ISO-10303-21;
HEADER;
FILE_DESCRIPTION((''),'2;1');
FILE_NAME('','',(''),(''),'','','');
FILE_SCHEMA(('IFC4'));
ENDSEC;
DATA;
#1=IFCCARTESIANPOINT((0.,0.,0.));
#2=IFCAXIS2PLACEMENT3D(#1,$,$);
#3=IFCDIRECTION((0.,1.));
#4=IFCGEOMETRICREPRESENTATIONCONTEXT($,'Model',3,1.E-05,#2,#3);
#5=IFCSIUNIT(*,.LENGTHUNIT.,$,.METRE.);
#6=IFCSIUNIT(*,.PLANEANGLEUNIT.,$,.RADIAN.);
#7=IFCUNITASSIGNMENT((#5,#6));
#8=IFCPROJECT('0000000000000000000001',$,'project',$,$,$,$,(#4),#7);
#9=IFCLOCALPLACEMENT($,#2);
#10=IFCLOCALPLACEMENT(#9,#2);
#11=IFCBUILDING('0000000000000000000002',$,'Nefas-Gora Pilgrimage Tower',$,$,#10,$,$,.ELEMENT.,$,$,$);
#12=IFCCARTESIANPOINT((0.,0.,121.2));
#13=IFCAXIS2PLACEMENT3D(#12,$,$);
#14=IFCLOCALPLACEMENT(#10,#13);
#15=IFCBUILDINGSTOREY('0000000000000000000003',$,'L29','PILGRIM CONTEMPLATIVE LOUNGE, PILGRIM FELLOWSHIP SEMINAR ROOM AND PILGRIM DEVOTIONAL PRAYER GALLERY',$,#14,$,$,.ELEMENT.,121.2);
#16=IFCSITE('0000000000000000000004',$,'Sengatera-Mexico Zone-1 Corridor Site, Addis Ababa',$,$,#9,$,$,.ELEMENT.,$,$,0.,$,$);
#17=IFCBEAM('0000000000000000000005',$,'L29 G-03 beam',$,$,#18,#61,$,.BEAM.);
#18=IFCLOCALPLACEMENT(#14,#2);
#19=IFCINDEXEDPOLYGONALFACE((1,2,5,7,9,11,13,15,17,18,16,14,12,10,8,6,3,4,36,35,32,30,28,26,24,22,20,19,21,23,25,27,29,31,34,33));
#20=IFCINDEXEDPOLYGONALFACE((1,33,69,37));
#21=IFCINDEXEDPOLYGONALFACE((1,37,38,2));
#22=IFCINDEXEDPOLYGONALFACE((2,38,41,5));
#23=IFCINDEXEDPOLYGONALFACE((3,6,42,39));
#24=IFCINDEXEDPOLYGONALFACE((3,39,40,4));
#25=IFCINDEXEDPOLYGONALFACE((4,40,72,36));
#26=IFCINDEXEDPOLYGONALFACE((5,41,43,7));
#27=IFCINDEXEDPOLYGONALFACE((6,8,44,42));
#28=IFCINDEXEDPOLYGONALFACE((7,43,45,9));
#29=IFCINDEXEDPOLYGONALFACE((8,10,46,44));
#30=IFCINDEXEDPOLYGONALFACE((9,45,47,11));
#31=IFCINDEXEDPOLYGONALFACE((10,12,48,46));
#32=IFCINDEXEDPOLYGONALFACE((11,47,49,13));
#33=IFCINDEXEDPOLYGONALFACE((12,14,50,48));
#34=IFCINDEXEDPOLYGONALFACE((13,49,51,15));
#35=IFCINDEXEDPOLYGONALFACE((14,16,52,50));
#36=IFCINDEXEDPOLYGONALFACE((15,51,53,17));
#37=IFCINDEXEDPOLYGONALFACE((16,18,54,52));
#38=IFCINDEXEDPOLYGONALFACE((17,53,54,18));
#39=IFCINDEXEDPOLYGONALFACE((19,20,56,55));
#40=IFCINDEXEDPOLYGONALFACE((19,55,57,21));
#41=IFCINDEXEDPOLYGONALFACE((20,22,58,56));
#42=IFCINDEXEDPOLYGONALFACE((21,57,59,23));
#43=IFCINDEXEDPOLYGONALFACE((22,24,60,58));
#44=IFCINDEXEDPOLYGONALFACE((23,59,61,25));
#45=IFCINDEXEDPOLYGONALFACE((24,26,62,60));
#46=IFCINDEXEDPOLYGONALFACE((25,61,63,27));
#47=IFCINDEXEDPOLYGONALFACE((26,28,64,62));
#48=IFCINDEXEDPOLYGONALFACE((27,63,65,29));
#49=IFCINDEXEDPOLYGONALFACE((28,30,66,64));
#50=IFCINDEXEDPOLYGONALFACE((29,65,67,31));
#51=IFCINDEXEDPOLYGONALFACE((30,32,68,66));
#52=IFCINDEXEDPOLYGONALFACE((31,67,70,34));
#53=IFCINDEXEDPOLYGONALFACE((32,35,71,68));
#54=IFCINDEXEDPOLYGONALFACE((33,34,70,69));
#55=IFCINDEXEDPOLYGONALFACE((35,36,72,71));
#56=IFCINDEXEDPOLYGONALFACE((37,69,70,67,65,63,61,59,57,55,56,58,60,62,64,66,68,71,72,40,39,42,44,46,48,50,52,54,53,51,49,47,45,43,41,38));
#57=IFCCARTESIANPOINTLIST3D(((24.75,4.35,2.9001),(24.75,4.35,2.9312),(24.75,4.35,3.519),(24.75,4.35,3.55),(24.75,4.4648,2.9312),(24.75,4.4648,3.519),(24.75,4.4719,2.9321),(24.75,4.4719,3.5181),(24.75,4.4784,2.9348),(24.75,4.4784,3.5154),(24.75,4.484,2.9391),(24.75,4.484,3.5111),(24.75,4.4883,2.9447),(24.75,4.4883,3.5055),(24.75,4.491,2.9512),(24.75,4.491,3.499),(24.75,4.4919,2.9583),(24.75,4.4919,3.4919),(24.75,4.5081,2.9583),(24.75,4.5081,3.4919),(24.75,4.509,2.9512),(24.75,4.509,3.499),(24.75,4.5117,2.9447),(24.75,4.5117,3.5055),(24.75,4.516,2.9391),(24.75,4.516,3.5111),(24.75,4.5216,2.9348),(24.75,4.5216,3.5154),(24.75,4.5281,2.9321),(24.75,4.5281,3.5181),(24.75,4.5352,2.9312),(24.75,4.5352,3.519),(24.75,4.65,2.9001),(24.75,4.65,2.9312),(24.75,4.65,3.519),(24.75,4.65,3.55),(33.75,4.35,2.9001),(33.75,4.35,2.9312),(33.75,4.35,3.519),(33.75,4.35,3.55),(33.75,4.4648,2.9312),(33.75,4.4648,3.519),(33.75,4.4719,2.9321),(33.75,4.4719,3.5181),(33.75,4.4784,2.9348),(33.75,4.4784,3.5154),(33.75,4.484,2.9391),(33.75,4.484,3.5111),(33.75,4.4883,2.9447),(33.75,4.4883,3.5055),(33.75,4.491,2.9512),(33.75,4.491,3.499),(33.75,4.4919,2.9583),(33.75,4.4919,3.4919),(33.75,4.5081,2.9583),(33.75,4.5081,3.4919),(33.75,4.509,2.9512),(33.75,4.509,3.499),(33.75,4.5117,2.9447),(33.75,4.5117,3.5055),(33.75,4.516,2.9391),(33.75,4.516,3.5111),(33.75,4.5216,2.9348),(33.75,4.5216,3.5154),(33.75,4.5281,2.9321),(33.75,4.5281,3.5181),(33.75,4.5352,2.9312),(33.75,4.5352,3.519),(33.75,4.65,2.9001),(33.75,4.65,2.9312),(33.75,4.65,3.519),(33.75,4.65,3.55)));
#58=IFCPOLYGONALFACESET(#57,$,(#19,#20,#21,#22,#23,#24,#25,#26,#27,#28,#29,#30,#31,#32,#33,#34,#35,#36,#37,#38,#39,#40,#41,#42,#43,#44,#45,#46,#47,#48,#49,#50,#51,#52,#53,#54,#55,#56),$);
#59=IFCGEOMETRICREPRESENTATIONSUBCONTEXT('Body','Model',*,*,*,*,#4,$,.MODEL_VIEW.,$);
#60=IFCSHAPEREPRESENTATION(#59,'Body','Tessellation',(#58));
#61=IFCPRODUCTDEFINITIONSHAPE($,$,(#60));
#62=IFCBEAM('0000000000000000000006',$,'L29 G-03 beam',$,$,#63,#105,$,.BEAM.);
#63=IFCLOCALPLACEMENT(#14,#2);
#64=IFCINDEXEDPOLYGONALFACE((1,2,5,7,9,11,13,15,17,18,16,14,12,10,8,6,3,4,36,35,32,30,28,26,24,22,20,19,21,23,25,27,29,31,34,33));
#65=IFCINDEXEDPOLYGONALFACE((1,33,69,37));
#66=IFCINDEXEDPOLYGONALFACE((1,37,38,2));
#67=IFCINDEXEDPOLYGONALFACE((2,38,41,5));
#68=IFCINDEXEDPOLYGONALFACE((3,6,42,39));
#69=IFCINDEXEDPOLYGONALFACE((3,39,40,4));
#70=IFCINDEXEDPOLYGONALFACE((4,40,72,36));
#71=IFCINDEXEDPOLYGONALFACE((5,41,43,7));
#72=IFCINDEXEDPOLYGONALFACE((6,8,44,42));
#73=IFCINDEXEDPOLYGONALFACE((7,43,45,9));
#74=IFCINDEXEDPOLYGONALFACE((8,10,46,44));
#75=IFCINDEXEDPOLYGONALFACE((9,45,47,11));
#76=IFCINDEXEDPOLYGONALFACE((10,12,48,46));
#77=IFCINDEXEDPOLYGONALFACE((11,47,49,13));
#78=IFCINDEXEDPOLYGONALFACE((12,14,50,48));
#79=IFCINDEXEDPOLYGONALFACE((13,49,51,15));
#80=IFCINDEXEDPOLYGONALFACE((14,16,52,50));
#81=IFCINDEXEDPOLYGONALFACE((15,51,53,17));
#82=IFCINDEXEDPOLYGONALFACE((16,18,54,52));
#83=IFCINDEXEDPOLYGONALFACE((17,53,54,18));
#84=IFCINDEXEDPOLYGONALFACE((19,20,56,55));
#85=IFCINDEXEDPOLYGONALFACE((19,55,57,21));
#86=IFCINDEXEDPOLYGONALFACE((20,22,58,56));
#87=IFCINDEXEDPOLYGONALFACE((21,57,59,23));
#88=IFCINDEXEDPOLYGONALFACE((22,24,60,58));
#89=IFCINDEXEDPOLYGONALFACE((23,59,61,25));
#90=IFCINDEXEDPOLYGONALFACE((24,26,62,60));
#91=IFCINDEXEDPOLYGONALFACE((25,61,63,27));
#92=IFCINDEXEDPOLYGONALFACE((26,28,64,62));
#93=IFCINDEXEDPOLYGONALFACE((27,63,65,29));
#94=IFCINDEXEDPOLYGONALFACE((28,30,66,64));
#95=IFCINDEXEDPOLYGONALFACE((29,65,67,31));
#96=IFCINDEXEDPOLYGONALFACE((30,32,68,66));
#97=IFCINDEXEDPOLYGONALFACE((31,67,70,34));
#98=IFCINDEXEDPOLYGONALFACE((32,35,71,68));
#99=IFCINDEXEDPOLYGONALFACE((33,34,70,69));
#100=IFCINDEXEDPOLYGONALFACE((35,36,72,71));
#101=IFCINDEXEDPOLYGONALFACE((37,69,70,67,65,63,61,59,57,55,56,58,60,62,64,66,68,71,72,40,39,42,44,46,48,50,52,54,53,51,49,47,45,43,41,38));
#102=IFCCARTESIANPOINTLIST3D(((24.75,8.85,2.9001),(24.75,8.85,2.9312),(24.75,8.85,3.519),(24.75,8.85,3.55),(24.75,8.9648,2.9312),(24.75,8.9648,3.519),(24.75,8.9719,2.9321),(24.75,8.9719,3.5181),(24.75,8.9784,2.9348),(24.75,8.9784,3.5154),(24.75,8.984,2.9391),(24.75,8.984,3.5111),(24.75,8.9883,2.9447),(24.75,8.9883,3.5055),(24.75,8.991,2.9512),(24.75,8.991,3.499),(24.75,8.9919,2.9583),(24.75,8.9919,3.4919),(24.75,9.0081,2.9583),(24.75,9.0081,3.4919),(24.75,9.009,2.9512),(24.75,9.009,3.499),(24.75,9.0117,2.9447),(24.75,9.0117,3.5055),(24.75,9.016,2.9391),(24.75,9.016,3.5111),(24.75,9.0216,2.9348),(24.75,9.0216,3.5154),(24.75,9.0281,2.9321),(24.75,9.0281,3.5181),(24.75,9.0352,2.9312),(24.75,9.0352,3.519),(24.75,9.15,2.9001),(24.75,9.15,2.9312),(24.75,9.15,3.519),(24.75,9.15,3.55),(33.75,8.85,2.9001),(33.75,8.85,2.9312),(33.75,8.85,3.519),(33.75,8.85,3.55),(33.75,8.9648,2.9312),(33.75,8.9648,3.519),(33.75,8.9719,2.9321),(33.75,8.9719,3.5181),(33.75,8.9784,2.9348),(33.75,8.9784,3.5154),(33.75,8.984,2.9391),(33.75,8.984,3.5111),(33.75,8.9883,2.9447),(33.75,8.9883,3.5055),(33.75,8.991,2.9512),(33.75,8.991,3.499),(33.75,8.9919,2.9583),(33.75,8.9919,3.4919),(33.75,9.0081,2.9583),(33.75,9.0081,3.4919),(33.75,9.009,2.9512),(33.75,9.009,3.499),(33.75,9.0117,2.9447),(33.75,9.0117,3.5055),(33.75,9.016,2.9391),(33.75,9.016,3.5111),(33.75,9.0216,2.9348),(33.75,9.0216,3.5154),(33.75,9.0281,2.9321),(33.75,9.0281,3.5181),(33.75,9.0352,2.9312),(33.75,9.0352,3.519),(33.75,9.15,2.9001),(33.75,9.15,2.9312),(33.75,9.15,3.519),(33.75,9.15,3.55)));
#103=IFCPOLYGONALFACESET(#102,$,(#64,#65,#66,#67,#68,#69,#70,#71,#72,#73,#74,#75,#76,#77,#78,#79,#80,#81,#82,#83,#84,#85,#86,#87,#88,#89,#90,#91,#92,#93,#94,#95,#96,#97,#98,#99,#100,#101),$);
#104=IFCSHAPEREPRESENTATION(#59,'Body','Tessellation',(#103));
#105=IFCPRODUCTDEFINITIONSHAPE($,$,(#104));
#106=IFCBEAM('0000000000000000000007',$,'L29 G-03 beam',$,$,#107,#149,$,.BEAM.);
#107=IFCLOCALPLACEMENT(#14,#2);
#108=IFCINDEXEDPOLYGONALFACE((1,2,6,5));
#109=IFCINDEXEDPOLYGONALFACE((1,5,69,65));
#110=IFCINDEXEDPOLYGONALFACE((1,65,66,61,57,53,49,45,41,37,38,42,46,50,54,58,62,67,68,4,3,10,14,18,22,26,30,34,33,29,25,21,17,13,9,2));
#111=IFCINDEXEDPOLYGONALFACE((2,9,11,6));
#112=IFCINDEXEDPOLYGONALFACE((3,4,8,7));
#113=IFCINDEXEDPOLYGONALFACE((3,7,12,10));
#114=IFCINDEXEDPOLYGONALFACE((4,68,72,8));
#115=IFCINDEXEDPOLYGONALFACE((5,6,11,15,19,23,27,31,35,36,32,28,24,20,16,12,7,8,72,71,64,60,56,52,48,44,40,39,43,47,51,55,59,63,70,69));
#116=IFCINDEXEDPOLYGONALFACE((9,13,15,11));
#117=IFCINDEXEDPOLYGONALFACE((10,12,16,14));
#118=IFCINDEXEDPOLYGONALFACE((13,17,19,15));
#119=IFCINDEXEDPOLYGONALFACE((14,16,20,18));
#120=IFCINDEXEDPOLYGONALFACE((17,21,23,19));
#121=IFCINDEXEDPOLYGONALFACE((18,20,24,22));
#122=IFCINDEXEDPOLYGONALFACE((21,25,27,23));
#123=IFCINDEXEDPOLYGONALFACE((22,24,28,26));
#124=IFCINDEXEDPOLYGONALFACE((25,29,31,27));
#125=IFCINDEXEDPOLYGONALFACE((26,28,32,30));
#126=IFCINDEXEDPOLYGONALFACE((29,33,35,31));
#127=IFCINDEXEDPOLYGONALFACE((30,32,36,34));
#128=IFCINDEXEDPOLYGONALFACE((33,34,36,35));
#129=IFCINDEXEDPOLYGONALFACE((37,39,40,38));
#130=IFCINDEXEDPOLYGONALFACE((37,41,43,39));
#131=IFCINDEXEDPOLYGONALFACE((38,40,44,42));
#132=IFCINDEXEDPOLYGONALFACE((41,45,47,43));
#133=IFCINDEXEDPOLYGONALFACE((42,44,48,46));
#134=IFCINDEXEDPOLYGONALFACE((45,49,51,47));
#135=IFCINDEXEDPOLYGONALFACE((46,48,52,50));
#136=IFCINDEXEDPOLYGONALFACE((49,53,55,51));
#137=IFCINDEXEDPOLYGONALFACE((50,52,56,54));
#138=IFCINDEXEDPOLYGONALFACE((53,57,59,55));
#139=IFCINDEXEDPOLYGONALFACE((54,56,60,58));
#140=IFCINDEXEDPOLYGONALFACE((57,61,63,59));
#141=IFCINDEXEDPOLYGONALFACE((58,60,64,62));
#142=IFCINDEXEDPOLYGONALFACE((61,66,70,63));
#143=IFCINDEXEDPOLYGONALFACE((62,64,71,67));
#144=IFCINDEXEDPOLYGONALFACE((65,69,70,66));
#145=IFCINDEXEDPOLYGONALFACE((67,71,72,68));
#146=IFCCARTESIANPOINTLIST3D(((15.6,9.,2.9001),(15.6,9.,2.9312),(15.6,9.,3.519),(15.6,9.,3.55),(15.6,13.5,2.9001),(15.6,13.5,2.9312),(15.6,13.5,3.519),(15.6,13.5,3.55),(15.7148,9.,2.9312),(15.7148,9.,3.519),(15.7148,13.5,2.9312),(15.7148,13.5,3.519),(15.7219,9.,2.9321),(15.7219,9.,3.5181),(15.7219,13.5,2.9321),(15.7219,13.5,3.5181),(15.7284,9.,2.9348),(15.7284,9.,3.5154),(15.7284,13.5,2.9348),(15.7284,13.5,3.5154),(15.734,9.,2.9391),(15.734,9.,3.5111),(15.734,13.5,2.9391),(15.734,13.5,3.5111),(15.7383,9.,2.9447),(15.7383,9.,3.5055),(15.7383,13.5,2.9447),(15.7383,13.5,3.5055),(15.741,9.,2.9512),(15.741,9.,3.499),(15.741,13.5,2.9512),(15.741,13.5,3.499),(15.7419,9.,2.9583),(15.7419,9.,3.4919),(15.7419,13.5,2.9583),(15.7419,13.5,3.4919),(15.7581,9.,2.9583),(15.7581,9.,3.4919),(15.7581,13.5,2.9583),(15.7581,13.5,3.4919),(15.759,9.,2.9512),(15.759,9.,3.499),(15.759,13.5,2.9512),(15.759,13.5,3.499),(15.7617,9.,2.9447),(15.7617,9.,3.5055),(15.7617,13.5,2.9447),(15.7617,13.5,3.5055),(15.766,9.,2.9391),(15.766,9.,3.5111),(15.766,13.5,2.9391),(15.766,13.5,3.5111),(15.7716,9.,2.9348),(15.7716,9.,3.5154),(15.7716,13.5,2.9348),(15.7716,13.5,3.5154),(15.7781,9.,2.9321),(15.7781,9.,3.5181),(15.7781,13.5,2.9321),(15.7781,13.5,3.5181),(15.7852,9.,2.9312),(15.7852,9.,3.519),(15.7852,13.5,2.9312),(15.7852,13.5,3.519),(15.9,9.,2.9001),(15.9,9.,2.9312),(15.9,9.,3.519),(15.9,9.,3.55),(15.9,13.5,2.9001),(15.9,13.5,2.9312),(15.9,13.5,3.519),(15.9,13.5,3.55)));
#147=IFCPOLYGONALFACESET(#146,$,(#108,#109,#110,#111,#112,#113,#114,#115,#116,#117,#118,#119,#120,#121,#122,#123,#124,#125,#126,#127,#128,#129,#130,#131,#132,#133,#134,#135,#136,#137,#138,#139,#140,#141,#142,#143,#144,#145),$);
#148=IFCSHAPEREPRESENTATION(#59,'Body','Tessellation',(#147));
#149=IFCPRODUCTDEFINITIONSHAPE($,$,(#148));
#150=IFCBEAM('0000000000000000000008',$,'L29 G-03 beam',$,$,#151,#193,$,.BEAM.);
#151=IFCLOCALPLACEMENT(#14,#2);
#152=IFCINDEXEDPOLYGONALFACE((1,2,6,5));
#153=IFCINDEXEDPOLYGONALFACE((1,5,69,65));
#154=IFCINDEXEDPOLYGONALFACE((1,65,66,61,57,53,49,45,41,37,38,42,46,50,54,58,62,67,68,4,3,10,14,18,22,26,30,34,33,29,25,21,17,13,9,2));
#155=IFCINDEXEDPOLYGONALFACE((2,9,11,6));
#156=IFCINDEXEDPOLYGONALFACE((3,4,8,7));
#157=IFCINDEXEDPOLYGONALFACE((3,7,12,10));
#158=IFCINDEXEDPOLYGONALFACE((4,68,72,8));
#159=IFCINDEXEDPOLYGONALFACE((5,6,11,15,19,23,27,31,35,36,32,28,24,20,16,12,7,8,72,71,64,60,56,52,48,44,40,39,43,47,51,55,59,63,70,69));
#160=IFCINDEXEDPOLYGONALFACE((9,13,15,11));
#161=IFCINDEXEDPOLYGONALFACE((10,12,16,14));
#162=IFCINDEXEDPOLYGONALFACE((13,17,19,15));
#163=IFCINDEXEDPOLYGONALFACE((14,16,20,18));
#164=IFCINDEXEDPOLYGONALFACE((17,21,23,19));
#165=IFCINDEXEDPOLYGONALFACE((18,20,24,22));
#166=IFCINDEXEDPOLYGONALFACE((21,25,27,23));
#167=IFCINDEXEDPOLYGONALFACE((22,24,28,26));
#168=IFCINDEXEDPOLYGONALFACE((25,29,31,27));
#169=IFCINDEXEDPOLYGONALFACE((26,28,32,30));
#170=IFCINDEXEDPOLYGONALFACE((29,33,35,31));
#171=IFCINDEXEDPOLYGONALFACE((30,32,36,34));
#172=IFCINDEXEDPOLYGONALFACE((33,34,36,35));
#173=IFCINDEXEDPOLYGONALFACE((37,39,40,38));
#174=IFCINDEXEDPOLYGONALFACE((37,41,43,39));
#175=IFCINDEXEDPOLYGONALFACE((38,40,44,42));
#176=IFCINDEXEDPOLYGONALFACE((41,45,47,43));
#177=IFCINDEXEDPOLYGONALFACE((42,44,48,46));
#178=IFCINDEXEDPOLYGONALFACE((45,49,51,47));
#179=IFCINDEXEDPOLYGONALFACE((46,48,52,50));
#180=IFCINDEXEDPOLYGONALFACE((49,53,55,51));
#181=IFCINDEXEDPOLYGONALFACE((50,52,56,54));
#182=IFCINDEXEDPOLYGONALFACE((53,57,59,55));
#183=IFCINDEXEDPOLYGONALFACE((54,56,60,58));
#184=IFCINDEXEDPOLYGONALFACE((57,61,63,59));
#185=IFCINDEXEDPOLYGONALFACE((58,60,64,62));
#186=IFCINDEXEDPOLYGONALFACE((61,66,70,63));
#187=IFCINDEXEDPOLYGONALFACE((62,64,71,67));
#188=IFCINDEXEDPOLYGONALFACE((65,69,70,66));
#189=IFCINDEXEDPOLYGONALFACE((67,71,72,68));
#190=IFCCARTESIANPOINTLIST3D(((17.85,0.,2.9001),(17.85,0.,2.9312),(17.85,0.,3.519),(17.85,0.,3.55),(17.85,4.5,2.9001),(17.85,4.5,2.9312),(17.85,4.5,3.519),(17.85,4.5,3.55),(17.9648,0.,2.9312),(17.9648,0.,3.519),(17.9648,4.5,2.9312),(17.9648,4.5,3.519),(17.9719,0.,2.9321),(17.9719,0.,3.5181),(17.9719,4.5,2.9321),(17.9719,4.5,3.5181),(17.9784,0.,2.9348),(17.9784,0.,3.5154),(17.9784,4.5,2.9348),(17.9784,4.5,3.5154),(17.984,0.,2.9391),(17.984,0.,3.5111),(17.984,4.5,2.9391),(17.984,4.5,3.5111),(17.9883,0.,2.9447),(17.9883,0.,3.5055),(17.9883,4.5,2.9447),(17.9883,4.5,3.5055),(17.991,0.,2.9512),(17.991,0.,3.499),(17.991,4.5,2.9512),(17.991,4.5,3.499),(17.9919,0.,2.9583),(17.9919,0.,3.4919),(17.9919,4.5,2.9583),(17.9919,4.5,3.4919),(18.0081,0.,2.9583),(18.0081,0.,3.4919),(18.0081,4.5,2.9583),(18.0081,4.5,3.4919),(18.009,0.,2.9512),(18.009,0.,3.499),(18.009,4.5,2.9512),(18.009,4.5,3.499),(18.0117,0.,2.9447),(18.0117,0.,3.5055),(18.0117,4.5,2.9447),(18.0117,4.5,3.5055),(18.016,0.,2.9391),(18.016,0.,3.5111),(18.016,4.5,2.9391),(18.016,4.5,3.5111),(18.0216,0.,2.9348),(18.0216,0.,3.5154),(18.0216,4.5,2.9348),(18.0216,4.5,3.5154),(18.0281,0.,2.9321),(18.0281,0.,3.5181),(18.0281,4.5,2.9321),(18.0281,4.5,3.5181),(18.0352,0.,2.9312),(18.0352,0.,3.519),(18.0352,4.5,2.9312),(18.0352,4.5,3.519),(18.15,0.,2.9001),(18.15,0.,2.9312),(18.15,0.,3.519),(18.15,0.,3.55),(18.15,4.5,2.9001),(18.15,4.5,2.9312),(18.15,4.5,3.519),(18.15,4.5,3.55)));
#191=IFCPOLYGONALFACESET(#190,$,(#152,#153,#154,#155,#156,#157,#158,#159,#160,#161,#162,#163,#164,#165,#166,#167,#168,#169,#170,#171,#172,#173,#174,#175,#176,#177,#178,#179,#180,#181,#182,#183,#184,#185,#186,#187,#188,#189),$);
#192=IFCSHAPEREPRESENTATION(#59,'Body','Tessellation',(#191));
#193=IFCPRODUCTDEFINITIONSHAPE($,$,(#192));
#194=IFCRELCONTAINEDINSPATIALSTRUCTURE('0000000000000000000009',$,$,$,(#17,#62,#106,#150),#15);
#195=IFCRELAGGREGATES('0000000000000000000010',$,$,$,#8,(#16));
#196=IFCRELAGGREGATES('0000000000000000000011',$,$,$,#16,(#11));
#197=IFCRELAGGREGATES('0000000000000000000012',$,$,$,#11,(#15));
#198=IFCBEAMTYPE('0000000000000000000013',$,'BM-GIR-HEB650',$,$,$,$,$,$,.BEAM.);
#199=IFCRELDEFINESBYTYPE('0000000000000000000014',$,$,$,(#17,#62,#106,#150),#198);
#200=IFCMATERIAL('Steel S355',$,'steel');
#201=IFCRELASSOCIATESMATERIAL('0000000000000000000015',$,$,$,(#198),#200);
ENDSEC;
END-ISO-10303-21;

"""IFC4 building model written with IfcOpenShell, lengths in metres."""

from ifc_helpers import new_model, si_unit, direction, frame, origin, origin_2d, place, context, subcontext, project, spatial, i_section, extrude, source, transform, mapped, material, material_profile, profile_set, type_object, element, save


model = new_model("IFC4")

# Units and contexts
model_context = context("Model", 3, precision=1e-05, world=origin(), true_north=direction((0.0, 1.0)))
body_context = subcontext(model_context, "Body", "Model", "MODEL_VIEW")
ifc_project = project(units=[si_unit("LENGTHUNIT", "METRE"), si_unit("PLANEANGLEUNIT", "RADIAN")], contexts=[model_context])

# Site, building, storey
site_placement = place(None, origin())
site = spatial("IfcSite", under=ifc_project, at=site_placement, Name="Sengatera-Mexico Zone-1 Corridor Site, Addis Ababa", CompositionType="ELEMENT", RefElevation=0.0)
building_placement = place(site_placement, origin())
building = spatial("IfcBuilding", under=site, at=building_placement, Name="Nefas-Gora Pilgrimage Tower", CompositionType="ELEMENT")
storey_placement = place(building_placement, frame((0.0, 0.0, 121.2)))
storey = spatial("IfcBuildingStorey", under=building, at=storey_placement, Name="L29", Description="PILGRIM CONTEMPLATIVE LOUNGE, PILGRIM FELLOWSHIP SEMINAR ROOM AND PILGRIM DEVOTIONAL PRAYER GALLERY", CompositionType="ELEMENT", Elevation=121.2)

# Beams
ifc_material_1 = material(Name="Steel S355", Category="steel")
ifc_material_profile_1 = material_profile(ifc_material_1, i_section(OverallWidth=0.3, OverallDepth=0.6499, WebThickness=0.0161, FlangeThickness=0.031, FilletRadius=0.0271, at=origin_2d()), Name="HEB 650")
ifc_profile_set_1 = profile_set([ifc_material_profile_1], Name="Steel S355")
beam_type_1 = type_object("IfcBeamType", Name="BM-GIR-HEB650", PredefinedType="BEAM", material=ifc_profile_set_1)
shared_shape_1 = source(origin(), body_context, "Body", "SweptSolid", [
    extrude(i_section(OverallWidth=0.3, OverallDepth=0.6499, WebThickness=0.0161, FlangeThickness=0.031, FilletRadius=0.0271, at=origin_2d()), origin(), (0.0, 0.0, 1.0), 9.0),
])
for number, where, z_axis, x_axis, name in (
    (1, (24.75, 4.5, 3.2251), (1.0, 0.0, 0.0), (0.0, 1.0, 0.0), "L29 G-03 beam"),
    (2, (24.75, 9.0, 3.2251), (1.0, 0.0, 0.0), (0.0, 1.0, 0.0), "L29 G-03 beam"),
):
    element("IfcBeam", number, at=place(storey_placement, frame(where, z_axis=z_axis, x_axis=x_axis)), inside=storey, type_object=beam_type_1, Name=name, PredefinedType="BEAM", context=body_context, shape_type="MappedRepresentation", body=[
        mapped(shared_shape_1, transform((0.0, 0.0, 0.0), x_axis=(1.0, 0.0, 0.0), y_axis=(0.0, 1.0, 0.0), z_axis=(0.0, 0.0, 1.0), scale=1.0)),
    ])
shared_shape_2 = source(origin(), body_context, "Body", "SweptSolid", [
    extrude(i_section(OverallWidth=0.3, OverallDepth=0.6499, WebThickness=0.0161, FlangeThickness=0.031, FilletRadius=0.0271, at=origin_2d()), origin(), (0.0, 0.0, 1.0), 4.5),
])
for number, where, z_axis, x_axis, name in (
    (3, (15.75, 9.0, 3.2251), (0.0, 1.0, 0.0), (-1.0, 0.0, 0.0), "L29 G-03 beam"),
    (4, (18.0, 0.0, 3.2251), (0.0, 1.0, 0.0), (-1.0, 0.0, 0.0), "L29 G-03 beam"),
):
    element("IfcBeam", number, at=place(storey_placement, frame(where, z_axis=z_axis, x_axis=x_axis)), inside=storey, type_object=beam_type_1, Name=name, PredefinedType="BEAM", context=body_context, shape_type="MappedRepresentation", body=[
        mapped(shared_shape_2, transform((0.0, 0.0, 0.0), x_axis=(1.0, 0.0, 0.0), y_axis=(0.0, 1.0, 0.0), z_axis=(0.0, 0.0, 1.0), scale=1.0)),
    ])

save(model, "model.ifc")
